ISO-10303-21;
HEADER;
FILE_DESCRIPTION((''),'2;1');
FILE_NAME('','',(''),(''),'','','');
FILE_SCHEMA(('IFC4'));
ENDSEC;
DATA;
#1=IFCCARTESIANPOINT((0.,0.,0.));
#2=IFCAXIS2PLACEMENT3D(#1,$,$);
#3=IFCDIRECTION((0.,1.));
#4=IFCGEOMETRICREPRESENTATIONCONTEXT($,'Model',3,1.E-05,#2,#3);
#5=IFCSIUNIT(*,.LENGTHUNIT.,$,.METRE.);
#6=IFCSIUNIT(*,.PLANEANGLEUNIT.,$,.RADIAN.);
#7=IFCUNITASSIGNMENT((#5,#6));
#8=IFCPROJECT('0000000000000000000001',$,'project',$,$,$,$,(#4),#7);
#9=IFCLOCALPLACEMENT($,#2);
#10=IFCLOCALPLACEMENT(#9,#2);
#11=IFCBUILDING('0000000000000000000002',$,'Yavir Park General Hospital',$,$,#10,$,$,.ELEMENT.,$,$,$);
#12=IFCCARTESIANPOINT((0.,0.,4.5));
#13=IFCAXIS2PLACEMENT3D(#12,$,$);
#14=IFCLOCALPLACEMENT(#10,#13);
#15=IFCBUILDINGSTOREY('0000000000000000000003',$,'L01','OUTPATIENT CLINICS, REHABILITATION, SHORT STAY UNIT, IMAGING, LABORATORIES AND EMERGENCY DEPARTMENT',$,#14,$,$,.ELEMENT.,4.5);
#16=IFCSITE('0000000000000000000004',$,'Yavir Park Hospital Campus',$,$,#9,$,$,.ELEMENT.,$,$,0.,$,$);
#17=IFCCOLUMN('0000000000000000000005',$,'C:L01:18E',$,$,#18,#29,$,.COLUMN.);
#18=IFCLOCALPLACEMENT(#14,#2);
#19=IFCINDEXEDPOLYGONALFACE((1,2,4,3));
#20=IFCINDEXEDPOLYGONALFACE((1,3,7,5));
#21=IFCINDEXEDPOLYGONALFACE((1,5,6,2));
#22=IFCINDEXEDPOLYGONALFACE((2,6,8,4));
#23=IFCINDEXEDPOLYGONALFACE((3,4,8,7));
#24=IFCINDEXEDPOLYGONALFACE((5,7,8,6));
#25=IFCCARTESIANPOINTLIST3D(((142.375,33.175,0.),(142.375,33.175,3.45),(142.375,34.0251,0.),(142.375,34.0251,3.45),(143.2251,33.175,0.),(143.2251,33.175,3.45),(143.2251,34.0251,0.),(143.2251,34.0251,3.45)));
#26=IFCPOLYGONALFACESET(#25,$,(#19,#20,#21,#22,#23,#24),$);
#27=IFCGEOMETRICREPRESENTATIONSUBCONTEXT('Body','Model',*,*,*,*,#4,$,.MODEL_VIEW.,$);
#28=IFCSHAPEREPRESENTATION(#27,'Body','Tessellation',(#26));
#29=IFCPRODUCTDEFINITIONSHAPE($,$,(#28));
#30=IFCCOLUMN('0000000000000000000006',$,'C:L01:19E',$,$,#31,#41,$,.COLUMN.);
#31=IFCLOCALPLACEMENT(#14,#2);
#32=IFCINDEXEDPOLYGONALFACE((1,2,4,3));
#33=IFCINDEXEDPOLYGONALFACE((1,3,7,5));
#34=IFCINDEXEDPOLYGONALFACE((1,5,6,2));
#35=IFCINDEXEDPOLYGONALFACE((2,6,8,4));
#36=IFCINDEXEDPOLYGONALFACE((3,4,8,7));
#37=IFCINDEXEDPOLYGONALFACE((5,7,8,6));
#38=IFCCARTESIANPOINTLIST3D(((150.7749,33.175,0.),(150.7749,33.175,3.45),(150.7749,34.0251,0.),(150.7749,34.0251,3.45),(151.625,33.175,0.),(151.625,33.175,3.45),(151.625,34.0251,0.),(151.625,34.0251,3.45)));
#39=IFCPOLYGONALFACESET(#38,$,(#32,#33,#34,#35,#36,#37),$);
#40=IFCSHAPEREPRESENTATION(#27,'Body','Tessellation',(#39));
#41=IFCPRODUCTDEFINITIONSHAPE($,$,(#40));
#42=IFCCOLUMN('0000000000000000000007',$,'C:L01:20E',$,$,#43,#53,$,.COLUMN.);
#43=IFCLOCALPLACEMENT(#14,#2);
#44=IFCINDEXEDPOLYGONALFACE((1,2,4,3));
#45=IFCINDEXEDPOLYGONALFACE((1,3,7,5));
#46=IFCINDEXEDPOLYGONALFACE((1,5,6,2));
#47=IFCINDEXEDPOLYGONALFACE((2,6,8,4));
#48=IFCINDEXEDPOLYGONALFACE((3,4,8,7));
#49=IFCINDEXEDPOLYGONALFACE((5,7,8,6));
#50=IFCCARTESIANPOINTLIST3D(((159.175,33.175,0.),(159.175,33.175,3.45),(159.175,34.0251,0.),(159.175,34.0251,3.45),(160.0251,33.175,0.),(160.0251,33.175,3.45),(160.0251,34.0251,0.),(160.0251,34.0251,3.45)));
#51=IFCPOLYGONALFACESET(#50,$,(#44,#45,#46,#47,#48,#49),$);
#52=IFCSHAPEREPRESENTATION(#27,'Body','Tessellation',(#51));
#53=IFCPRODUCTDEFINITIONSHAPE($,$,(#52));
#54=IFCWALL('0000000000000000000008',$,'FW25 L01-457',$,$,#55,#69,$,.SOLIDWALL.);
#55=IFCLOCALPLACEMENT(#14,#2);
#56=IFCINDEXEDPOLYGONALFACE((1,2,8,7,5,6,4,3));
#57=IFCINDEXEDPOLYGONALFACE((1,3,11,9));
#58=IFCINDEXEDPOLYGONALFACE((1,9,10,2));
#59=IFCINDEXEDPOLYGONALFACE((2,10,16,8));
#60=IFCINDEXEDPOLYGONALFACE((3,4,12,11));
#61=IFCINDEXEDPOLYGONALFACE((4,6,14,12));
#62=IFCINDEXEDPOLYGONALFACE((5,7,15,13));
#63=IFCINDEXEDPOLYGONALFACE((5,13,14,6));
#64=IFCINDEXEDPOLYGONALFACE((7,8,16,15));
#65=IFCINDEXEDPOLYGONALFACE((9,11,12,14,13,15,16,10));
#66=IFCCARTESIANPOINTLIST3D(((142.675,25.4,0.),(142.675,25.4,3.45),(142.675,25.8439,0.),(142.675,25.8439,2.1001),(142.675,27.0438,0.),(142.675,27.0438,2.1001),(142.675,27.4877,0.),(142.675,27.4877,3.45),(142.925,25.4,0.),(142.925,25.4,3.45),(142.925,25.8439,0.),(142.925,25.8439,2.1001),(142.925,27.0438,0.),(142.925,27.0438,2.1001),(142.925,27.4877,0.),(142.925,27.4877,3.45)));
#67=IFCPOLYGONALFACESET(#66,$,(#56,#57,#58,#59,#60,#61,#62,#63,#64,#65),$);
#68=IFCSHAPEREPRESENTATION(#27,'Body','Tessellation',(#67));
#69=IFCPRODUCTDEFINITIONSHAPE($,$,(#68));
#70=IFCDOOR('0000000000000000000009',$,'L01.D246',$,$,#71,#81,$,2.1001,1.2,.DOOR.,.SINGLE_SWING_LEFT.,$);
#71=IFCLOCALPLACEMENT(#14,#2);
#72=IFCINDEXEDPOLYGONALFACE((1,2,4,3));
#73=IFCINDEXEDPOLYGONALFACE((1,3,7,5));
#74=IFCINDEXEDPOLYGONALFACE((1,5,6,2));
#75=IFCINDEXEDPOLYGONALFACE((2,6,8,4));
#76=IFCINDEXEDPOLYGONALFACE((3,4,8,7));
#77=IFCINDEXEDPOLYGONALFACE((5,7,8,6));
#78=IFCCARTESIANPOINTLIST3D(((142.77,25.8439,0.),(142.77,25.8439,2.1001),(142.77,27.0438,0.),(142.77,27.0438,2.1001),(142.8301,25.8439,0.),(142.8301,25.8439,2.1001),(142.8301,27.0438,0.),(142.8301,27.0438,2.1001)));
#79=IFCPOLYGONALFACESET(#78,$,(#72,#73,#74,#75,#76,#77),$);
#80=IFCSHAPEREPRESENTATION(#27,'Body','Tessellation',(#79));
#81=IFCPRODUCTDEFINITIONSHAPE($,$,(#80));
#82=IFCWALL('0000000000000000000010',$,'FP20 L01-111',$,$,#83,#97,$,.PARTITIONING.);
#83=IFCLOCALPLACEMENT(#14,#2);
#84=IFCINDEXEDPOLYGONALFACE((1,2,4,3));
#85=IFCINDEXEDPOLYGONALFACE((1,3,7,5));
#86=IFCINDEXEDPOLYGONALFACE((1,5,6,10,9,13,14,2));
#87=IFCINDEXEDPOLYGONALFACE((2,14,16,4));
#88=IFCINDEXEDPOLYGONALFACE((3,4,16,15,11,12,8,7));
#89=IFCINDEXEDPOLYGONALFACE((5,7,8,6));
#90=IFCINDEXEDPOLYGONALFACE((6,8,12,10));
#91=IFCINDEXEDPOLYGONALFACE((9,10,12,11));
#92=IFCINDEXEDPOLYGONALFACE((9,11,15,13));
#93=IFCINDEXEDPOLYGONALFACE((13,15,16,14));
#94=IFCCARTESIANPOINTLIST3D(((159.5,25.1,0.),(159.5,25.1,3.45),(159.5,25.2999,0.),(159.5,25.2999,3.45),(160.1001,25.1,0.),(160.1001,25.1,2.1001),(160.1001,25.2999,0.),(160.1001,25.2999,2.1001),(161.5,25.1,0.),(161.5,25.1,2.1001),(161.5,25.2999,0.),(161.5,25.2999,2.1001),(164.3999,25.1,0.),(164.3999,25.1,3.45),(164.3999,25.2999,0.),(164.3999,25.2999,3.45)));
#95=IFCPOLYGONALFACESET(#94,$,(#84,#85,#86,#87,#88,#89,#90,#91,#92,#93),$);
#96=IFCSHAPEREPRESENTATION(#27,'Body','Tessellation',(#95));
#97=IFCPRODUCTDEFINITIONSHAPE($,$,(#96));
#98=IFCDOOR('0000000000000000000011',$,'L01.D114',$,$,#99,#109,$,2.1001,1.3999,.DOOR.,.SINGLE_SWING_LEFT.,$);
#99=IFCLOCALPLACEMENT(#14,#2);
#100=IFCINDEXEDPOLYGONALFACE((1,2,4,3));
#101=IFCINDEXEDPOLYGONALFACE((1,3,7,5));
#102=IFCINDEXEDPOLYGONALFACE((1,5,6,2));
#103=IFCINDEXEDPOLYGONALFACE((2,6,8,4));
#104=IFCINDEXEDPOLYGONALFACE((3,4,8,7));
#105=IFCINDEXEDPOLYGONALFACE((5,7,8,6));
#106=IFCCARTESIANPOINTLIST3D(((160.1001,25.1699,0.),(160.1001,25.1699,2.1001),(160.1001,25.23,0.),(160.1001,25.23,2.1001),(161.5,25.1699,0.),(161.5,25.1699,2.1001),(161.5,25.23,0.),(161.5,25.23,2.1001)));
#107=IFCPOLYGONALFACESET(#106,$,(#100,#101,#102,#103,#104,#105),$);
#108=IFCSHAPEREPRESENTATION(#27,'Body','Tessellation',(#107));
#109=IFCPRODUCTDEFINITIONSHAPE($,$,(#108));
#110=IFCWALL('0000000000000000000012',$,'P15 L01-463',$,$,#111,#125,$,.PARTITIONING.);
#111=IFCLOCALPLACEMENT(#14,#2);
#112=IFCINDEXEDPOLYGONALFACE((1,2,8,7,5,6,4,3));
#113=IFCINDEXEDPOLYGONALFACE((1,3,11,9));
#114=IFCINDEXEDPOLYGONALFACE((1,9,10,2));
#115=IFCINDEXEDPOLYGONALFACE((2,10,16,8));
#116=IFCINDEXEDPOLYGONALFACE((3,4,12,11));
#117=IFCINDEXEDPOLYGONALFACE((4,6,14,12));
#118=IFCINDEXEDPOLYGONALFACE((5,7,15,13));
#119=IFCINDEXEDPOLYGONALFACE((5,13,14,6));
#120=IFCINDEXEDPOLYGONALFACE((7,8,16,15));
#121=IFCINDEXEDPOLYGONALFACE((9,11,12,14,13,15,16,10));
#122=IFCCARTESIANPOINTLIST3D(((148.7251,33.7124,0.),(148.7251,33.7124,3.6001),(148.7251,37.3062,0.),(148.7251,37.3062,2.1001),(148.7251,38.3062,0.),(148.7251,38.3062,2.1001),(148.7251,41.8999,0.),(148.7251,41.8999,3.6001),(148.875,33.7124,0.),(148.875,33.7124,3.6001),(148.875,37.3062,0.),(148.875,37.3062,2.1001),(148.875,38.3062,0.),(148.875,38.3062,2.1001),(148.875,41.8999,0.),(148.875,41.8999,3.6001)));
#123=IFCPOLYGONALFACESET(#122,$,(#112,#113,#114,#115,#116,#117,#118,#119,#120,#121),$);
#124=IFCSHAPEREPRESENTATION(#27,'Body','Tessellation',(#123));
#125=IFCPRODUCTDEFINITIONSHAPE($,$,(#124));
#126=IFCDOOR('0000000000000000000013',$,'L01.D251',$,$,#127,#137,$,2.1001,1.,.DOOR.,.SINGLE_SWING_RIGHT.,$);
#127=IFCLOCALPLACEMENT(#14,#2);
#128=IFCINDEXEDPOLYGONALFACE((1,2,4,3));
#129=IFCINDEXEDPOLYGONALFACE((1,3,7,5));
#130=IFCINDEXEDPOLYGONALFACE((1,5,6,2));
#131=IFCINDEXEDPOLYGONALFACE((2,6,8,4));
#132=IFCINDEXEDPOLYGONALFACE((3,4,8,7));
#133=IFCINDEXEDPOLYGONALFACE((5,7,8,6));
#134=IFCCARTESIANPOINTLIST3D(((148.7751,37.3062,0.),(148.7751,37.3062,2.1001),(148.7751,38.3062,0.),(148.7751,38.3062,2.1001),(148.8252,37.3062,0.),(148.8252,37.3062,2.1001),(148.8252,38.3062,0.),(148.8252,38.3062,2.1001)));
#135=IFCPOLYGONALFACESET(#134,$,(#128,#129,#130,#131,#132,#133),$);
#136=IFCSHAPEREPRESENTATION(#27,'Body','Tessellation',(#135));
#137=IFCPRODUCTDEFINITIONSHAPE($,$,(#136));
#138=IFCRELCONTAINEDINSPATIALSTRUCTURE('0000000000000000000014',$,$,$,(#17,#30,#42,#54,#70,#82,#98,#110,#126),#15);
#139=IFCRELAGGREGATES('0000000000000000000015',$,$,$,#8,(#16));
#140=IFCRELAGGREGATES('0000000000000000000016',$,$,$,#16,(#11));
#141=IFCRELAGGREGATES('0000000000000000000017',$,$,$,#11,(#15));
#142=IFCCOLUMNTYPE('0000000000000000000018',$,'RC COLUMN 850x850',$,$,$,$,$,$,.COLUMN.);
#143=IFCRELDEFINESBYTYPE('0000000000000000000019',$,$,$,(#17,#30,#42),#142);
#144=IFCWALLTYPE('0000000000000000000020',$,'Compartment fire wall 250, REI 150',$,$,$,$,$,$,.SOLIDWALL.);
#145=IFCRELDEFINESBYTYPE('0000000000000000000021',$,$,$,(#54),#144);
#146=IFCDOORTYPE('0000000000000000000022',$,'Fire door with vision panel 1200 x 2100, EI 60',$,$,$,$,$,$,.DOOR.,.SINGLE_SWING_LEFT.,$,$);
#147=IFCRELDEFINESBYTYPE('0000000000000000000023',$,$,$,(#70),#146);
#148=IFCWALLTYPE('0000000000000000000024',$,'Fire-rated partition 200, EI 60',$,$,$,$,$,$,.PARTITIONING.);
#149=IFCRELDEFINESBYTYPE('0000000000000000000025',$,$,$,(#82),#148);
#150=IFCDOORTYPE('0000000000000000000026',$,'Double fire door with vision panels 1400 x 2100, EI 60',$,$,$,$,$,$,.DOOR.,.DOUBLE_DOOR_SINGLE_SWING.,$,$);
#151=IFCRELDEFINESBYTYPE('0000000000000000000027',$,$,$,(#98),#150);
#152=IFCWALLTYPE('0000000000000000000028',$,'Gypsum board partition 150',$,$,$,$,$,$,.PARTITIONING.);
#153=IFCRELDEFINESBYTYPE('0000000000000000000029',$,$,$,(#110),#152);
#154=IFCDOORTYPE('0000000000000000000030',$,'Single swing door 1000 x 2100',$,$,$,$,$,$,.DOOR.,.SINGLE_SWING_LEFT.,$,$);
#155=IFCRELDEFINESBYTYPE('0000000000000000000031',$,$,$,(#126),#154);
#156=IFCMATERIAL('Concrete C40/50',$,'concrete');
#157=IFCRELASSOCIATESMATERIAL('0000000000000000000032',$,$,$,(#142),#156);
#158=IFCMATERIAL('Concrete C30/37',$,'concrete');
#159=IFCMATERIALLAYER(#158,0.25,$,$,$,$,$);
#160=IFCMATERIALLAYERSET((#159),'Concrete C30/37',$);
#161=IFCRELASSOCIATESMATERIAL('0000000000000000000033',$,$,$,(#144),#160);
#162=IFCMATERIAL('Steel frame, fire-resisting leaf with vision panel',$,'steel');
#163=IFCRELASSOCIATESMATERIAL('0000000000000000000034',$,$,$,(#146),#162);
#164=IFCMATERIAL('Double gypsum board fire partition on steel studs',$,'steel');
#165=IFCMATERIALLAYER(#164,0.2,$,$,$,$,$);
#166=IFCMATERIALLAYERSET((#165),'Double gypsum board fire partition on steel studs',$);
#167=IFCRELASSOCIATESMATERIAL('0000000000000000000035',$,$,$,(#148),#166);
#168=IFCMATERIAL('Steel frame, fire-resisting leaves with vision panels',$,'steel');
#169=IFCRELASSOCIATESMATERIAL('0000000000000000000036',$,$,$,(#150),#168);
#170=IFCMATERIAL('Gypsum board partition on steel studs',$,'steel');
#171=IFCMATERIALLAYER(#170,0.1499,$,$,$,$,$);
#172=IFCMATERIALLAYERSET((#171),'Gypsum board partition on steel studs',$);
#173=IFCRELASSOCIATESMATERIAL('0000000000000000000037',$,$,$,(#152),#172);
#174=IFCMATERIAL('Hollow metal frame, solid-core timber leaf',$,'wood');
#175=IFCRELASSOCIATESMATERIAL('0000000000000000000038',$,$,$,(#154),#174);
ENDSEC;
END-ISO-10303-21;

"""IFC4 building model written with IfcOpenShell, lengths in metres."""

from ifc_helpers import new_model, si_unit, direction, frame, frame_2d, origin, origin_2d, place, context, subcontext, project, spatial, rectangle, extrude, material, layer, layer_set, material_profile, profile_set, type_object, element, fill, save


model = new_model("IFC4")

# Units and contexts
model_context = context("Model", 3, precision=1e-05, world=origin(), true_north=direction((0.0, 1.0)))
body_context = subcontext(model_context, "Body", "Model", "MODEL_VIEW")
ifc_project = project(units=[si_unit("LENGTHUNIT", "METRE"), si_unit("PLANEANGLEUNIT", "RADIAN")], contexts=[model_context])

# Site, building, storey
site_placement = place(None, origin())
site = spatial("IfcSite", under=ifc_project, at=site_placement, Name="Yavir Park Hospital Campus", CompositionType="ELEMENT", RefElevation=0.0)
building_placement = place(site_placement, origin())
building = spatial("IfcBuilding", under=site, at=building_placement, Name="Yavir Park General Hospital", CompositionType="ELEMENT")
storey_placement = place(building_placement, frame((0.0, 0.0, 4.5)))
storey = spatial("IfcBuildingStorey", under=building, at=storey_placement, Name="L01", Description="OUTPATIENT CLINICS, REHABILITATION, SHORT STAY UNIT, IMAGING, LABORATORIES AND EMERGENCY DEPARTMENT", CompositionType="ELEMENT", Elevation=4.5)

# Columns
ifc_material_1 = material(Name="Concrete C40/50", Category="concrete")
ifc_material_profile = material_profile(ifc_material_1, rectangle(XDim=0.8501, YDim=0.8501, at=origin_2d()), Name="RC850x850")
ifc_profile_set = profile_set([ifc_material_profile], Name="Concrete C40/50")
column_type = type_object("IfcColumnType", Name="RC COLUMN 850x850", PredefinedType="COLUMN", material=ifc_profile_set)
for number, where, z_axis, x_axis, name in (
    (1, (142.8, 33.6001, 0.0), (0.0, 0.0, 1.0), (1.0, 0.0, 0.0), "C:L01:18E"),
    (2, (151.2, 33.6001, 0.0), (0.0, 0.0, 1.0), (1.0, 0.0, 0.0), "C:L01:19E"),
    (3, (159.6001, 33.6001, 0.0), (0.0, 0.0, 1.0), (1.0, 0.0, 0.0), "C:L01:20E"),
):
    element("IfcColumn", number, at=place(storey_placement, frame(where, z_axis=z_axis, x_axis=x_axis)), inside=storey, type_object=column_type, Name=name, PredefinedType="COLUMN", context=body_context, shape_type="SweptSolid", body=[
        extrude(rectangle(XDim=0.8501, YDim=0.8501, at=origin_2d()), origin(), (0.0, 0.0, 1.0), 3.45),
    ])

# Walls, openings, doors
ifc_material_2 = material(Name="Concrete C30/37", Category="concrete")
ifc_layer_1 = layer(ifc_material_2, 0.25)
ifc_layer_set_1 = layer_set([ifc_layer_1], Name="Concrete C30/37")
wall_type_1 = type_object("IfcWallType", Name="Compartment fire wall 250, REI 150", PredefinedType="SOLIDWALL", material=ifc_layer_set_1)
wall_1_placement = place(storey_placement, frame((142.8, 25.3999, 0.0), z_axis=(0.0, 0.0, 1.0), x_axis=(0.0, 1.0, 0.0)))
wall_1 = element("IfcWall", 4, at=wall_1_placement, inside=storey, type_object=wall_type_1, Name="FW25 L01-457", PredefinedType="SOLIDWALL", context=body_context, shape_type="SweptSolid", body=[
    extrude(rectangle(XDim=2.0876, YDim=0.25, at=frame_2d((1.0439, 0.0))), origin(), (0.0, 0.0, 1.0), 3.45),
])
opening_1_placement = place(wall_1_placement, frame((0.4438, 0.0, 0.0)))
opening_1 = element("IfcOpeningElement", 5, at=opening_1_placement, cuts=wall_1, PredefinedType="OPENING", context=body_context, shape_type="SweptSolid", body=[
    extrude(rectangle(XDim=1.2, YDim=2.1001, at=frame_2d((0.6001, 1.05))), frame((0.0, 0.135, 0.0), z_axis=(0.0, -1.0, 0.0), x_axis=(1.0, 0.0, 0.0)), (0.0, 0.0, 1.0), 0.27),
])
ifc_material_3 = material(Name="Steel frame, fire-resisting leaf with vision panel", Category="steel")
door_type_1 = type_object("IfcDoorType", Name="Fire door with vision panel 1200 x 2100, EI 60", OperationType="SINGLE_SWING_LEFT", PredefinedType="DOOR", material=ifc_material_3)
door_1_placement = place(opening_1_placement, origin())
door_1 = element("IfcDoor", 6, at=door_1_placement, inside=storey, type_object=door_type_1, Name="L01.D246", OperationType="SINGLE_SWING_LEFT", OverallHeight=2.1001, OverallWidth=1.2, PredefinedType="DOOR", context=body_context, shape_type="SweptSolid", body=[
    extrude(rectangle(XDim=1.2, YDim=2.1001, at=frame_2d((0.6001, 1.05))), frame((0.0, 0.03, 0.0), z_axis=(0.0, -1.0, 0.0), x_axis=(1.0, 0.0, 0.0)), (0.0, 0.0, 1.0), 0.0601),
])
fill(opening_1, door_1)
ifc_material_4 = material(Name="Double gypsum board fire partition on steel studs", Category="steel")
ifc_layer_2 = layer(ifc_material_4, 0.2)
ifc_layer_set_2 = layer_set([ifc_layer_2], Name="Double gypsum board fire partition on steel studs")
wall_type_2 = type_object("IfcWallType", Name="Fire-rated partition 200, EI 60", PredefinedType="PARTITIONING", material=ifc_layer_set_2)
wall_2_placement = place(storey_placement, frame((159.5, 25.2, 0.0), z_axis=(0.0, 0.0, 1.0), x_axis=(1.0, 0.0, 0.0)))
wall_2 = element("IfcWall", 7, at=wall_2_placement, inside=storey, type_object=wall_type_2, Name="FP20 L01-111", PredefinedType="PARTITIONING", context=body_context, shape_type="SweptSolid", body=[
    extrude(rectangle(XDim=4.8999, YDim=0.2, at=frame_2d((2.45, 0.0))), origin(), (0.0, 0.0, 1.0), 3.45),
])
opening_2_placement = place(wall_2_placement, frame((0.6001, 0.0, 0.0)))
opening_2 = element("IfcOpeningElement", 8, at=opening_2_placement, cuts=wall_2, PredefinedType="OPENING", context=body_context, shape_type="SweptSolid", body=[
    extrude(rectangle(XDim=1.3999, YDim=2.1001, at=frame_2d((0.7, 1.05))), frame((0.0, 0.1099, 0.0), z_axis=(0.0, -1.0, 0.0), x_axis=(1.0, 0.0, 0.0)), (0.0, 0.0, 1.0), 0.22),
])
ifc_material_5 = material(Name="Steel frame, fire-resisting leaves with vision panels", Category="steel")
door_type_2 = type_object("IfcDoorType", Name="Double fire door with vision panels 1400 x 2100, EI 60", OperationType="DOUBLE_DOOR_SINGLE_SWING", PredefinedType="DOOR", material=ifc_material_5)
door_2_placement = place(opening_2_placement, origin())
door_2 = element("IfcDoor", 9, at=door_2_placement, inside=storey, type_object=door_type_2, Name="L01.D114", OperationType="SINGLE_SWING_LEFT", OverallHeight=2.1001, OverallWidth=1.3999, PredefinedType="DOOR", context=body_context, shape_type="SweptSolid", body=[
    extrude(rectangle(XDim=1.3999, YDim=2.1001, at=frame_2d((0.7, 1.05))), frame((0.0, 0.03, 0.0), z_axis=(0.0, -1.0, 0.0), x_axis=(1.0, 0.0, 0.0)), (0.0, 0.0, 1.0), 0.0601),
])
fill(opening_2, door_2)
ifc_material_6 = material(Name="Gypsum board partition on steel studs", Category="steel")
ifc_layer_3 = layer(ifc_material_6, 0.1499)
ifc_layer_set_3 = layer_set([ifc_layer_3], Name="Gypsum board partition on steel studs")
wall_type_3 = type_object("IfcWallType", Name="Gypsum board partition 150", PredefinedType="PARTITIONING", material=ifc_layer_set_3)
wall_3_placement = place(storey_placement, frame((148.8, 33.7124, 0.0), z_axis=(0.0, 0.0, 1.0), x_axis=(0.0, 1.0, 0.0)))
wall_3 = element("IfcWall", 10, at=wall_3_placement, inside=storey, type_object=wall_type_3, Name="P15 L01-463", PredefinedType="PARTITIONING", context=body_context, shape_type="SweptSolid", body=[
    extrude(rectangle(XDim=8.1875, YDim=0.1499, at=frame_2d((4.0938, 0.0))), origin(), (0.0, 0.0, 1.0), 3.6001),
])
opening_3_placement = place(wall_3_placement, frame((3.5938, 0.0, 0.0)))
opening_3 = element("IfcOpeningElement", 11, at=opening_3_placement, cuts=wall_3, PredefinedType="OPENING", context=body_context, shape_type="SweptSolid", body=[
    extrude(rectangle(XDim=1.0, YDim=2.1001, at=frame_2d((0.5, 1.05))), frame((0.0, 0.085, 0.0), z_axis=(0.0, -1.0, 0.0), x_axis=(1.0, 0.0, 0.0)), (0.0, 0.0, 1.0), 0.1699),
])
ifc_material_7 = material(Name="Hollow metal frame, solid-core timber leaf", Category="wood")
door_type_3 = type_object("IfcDoorType", Name="Single swing door 1000 x 2100", OperationType="SINGLE_SWING_LEFT", PredefinedType="DOOR", material=ifc_material_7)
door_3_placement = place(opening_3_placement, origin())
door_3 = element("IfcDoor", 12, at=door_3_placement, inside=storey, type_object=door_type_3, Name="L01.D251", OperationType="SINGLE_SWING_RIGHT", OverallHeight=2.1001, OverallWidth=1.0, PredefinedType="DOOR", context=body_context, shape_type="SweptSolid", body=[
    extrude(rectangle(XDim=1.0, YDim=2.1001, at=frame_2d((0.5, 1.05))), frame((0.0, 0.0249, 0.0), z_axis=(0.0, -1.0, 0.0), x_axis=(1.0, 0.0, 0.0)), (0.0, 0.0, 1.0), 0.05),
])
fill(opening_3, door_3)

save(model, "model.ifc")
